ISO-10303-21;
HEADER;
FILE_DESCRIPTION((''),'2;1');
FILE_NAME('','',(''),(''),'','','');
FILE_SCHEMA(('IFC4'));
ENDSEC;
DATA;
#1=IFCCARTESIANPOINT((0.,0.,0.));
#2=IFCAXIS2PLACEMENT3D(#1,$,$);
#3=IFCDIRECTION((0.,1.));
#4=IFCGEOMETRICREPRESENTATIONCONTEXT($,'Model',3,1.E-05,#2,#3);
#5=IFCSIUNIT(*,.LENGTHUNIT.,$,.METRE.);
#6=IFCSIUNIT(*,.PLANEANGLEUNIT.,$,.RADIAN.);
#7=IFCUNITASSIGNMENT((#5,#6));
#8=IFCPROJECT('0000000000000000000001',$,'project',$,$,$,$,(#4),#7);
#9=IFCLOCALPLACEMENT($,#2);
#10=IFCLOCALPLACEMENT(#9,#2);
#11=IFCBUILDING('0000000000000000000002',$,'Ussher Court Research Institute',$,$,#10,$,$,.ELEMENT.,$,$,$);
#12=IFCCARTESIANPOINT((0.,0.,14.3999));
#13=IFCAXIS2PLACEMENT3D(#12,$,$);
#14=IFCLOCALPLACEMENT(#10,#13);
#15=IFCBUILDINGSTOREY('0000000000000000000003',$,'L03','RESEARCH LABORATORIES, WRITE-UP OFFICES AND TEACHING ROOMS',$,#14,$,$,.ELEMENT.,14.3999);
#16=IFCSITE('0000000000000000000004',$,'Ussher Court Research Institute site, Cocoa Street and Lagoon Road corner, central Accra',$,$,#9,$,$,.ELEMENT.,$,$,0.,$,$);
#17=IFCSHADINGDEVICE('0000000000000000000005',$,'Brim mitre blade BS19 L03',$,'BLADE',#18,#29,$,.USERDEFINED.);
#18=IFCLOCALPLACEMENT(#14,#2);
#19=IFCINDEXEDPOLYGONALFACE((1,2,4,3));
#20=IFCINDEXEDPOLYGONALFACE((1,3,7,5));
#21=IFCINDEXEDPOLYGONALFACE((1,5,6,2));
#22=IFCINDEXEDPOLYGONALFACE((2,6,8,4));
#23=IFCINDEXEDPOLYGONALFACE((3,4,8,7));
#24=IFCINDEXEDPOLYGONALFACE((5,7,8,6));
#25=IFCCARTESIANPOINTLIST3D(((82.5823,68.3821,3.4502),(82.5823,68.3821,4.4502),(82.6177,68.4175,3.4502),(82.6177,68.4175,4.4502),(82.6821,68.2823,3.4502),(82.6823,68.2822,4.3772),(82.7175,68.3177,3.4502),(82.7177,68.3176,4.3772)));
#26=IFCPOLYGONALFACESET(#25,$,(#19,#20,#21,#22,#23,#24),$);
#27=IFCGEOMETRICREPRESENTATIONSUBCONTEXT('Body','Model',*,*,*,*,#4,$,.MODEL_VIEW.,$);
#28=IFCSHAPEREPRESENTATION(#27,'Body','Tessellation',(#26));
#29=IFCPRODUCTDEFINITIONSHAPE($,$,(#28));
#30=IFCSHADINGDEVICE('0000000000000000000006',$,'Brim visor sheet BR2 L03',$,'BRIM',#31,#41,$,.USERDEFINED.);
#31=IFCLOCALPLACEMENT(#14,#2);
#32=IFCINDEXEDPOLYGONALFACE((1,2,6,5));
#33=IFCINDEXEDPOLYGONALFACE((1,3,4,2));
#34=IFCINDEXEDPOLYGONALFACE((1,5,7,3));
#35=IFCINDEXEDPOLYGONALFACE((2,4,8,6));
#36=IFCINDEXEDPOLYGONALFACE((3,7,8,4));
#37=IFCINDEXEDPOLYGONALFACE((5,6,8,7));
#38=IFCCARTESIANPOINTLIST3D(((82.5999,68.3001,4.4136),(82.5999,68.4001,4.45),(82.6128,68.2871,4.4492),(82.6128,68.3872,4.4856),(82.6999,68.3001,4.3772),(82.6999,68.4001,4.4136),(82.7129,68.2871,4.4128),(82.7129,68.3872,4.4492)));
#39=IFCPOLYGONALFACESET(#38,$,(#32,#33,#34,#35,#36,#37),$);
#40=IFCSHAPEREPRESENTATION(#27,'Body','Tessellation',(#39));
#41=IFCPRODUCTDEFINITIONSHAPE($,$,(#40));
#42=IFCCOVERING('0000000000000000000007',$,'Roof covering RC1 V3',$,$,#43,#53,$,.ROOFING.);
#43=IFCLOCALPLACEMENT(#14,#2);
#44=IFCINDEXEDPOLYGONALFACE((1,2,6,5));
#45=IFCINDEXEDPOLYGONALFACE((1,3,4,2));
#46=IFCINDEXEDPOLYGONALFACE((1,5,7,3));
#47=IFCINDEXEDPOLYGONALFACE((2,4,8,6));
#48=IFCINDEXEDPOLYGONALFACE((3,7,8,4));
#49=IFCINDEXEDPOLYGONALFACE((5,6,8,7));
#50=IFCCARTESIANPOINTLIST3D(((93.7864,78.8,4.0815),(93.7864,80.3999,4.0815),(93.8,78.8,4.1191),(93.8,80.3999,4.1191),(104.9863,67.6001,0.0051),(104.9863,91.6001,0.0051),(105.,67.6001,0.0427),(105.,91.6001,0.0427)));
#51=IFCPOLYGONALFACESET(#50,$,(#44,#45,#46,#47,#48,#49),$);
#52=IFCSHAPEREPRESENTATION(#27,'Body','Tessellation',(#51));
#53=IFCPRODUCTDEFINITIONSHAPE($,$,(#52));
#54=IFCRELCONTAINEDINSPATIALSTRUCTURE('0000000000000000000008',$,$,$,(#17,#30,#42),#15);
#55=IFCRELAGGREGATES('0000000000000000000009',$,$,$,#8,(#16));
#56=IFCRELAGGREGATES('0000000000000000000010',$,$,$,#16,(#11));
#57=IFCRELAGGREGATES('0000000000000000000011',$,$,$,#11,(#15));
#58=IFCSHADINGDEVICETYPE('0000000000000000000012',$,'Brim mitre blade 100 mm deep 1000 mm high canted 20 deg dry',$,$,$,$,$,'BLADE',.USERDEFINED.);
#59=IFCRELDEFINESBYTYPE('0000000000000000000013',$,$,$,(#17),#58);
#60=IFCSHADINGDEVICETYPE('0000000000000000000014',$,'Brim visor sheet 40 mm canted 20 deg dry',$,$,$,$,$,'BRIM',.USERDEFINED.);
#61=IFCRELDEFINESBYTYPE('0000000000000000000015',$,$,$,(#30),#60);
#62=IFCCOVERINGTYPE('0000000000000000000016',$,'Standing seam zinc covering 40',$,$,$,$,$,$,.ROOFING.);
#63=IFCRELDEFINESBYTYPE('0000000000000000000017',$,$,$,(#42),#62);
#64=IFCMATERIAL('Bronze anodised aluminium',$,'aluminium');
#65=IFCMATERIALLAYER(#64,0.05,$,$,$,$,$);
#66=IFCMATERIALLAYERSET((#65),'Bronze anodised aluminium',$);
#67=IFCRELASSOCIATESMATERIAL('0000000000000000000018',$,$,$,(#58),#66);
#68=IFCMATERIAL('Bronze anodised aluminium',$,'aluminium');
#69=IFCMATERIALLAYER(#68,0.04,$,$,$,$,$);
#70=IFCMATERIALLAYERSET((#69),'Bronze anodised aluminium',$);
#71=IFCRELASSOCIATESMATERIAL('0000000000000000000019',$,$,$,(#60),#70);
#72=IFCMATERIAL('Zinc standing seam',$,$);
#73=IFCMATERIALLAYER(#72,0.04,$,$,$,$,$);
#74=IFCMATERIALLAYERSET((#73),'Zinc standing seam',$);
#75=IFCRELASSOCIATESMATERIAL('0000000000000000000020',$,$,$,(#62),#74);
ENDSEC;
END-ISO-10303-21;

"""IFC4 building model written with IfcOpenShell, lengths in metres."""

from ifc_helpers import new_model, si_unit, direction, frame, origin, place, context, subcontext, project, spatial, polyline, outline, extrude, material, layer, layer_set, type_object, element, save


model = new_model("IFC4")

# Units and contexts
model_context = context("Model", 3, precision=1e-05, world=origin(), true_north=direction((0.0, 1.0)))
body_context = subcontext(model_context, "Body", "Model", "MODEL_VIEW")
ifc_project = project(units=[si_unit("LENGTHUNIT", "METRE"), si_unit("PLANEANGLEUNIT", "RADIAN")], contexts=[model_context])

# Site, building, storey
site_placement = place(None, origin())
site = spatial("IfcSite", under=ifc_project, at=site_placement, Name="Ussher Court Research Institute site, Cocoa Street and Lagoon Road corner, central Accra", CompositionType="ELEMENT", RefElevation=0.0)
building_placement = place(site_placement, origin())
building = spatial("IfcBuilding", under=site, at=building_placement, Name="Ussher Court Research Institute", CompositionType="ELEMENT")
storey_placement = place(building_placement, frame((0.0, 0.0, 14.3999)))
storey = spatial("IfcBuildingStorey", under=building, at=storey_placement, Name="L03", Description="RESEARCH LABORATORIES, WRITE-UP OFFICES AND TEACHING ROOMS", CompositionType="ELEMENT", Elevation=14.3999)

# Shading devices
ifc_material_1 = material(Name="Bronze anodised aluminium", Category="aluminium")
ifc_layer_1 = layer(ifc_material_1, 0.05)
ifc_layer_set_1 = layer_set([ifc_layer_1], Name="Bronze anodised aluminium")
shading_device_type_1 = type_object("IfcShadingDeviceType", Name="Brim mitre blade 100 mm deep 1000 mm high canted 20 deg dry", ElementType="BLADE", PredefinedType="USERDEFINED", material=ifc_layer_set_1)
shading_device_1_placement = place(storey_placement, frame((82.6001, 68.3999, 3.4502), z_axis=(0.0, 0.0, 1.0), x_axis=(0.707107, -0.707107, 0.0)))
element("IfcShadingDevice", 1, at=shading_device_1_placement, inside=storey, type_object=shading_device_type_1, Name="Brim mitre blade BS19 L03", ObjectType="BLADE", PredefinedType="USERDEFINED", context=body_context, shape_type="SweptSolid", body=[
    extrude(outline(polyline([(0.0, 0.0), (0.1411, 0.0), (0.1414, 0.927), (0.0, 1.0), (0.0, 0.0)])), frame((0.0, 0.0249, 0.0), z_axis=(0.0, -1.0, 0.0), x_axis=(1.0, 0.0, 0.0)), (0.0, 0.0, 1.0), 0.05),
])
ifc_material_2 = material(Name="Bronze anodised aluminium", Category="aluminium")
ifc_layer_2 = layer(ifc_material_2, 0.04)
ifc_layer_set_2 = layer_set([ifc_layer_2], Name="Bronze anodised aluminium")
shading_device_type_2 = type_object("IfcShadingDeviceType", Name="Brim visor sheet 40 mm canted 20 deg dry", ElementType="BRIM", PredefinedType="USERDEFINED", material=ifc_layer_set_2)
shading_device_2_placement = place(storey_placement, frame((82.6128, 68.3872, 4.4856), z_axis=(0.323225, -0.323225, 0.889411), x_axis=(0.0, -0.93986, -0.341559)))
element("IfcShadingDevice", 2, at=shading_device_2_placement, inside=storey, type_object=shading_device_type_2, Name="Brim visor sheet BR2 L03", ObjectType="BRIM", PredefinedType="USERDEFINED", context=body_context, shape_type="SweptSolid", body=[
    extrude(outline(polyline([(0.0, 0.0), (0.1065, 0.0), (0.1189, 0.1058), (0.0124, 0.1058), (0.0, 0.0)])), origin(), (0.0, 0.0, -1.0), 0.04),
])

# Covering
ifc_material_3 = material(Name="Zinc standing seam")
ifc_layer_3 = layer(ifc_material_3, 0.04)
ifc_layer_set_3 = layer_set([ifc_layer_3], Name="Zinc standing seam")
covering_type = type_object("IfcCoveringType", Name="Standing seam zinc covering 40", PredefinedType="ROOFING", material=ifc_layer_set_3)
covering_placement = place(storey_placement, frame((105.0, 67.6001, 0.0427), z_axis=(0.342018, 0.0, 0.939694), x_axis=(0.0, 1.0, 0.0)))
element("IfcCovering", 3, at=covering_placement, inside=storey, type_object=covering_type, Name="Roof covering RC1 V3", PredefinedType="ROOFING", context=body_context, shape_type="SweptSolid", body=[
    extrude(outline(polyline([(0.0, 0.0), (24.0, 0.0), (12.7998, 11.9187), (11.2, 11.9187), (0.0, 0.0)])), origin(), (0.0, 0.0, -1.0), 0.04),
])

save(model, "model.ifc")
